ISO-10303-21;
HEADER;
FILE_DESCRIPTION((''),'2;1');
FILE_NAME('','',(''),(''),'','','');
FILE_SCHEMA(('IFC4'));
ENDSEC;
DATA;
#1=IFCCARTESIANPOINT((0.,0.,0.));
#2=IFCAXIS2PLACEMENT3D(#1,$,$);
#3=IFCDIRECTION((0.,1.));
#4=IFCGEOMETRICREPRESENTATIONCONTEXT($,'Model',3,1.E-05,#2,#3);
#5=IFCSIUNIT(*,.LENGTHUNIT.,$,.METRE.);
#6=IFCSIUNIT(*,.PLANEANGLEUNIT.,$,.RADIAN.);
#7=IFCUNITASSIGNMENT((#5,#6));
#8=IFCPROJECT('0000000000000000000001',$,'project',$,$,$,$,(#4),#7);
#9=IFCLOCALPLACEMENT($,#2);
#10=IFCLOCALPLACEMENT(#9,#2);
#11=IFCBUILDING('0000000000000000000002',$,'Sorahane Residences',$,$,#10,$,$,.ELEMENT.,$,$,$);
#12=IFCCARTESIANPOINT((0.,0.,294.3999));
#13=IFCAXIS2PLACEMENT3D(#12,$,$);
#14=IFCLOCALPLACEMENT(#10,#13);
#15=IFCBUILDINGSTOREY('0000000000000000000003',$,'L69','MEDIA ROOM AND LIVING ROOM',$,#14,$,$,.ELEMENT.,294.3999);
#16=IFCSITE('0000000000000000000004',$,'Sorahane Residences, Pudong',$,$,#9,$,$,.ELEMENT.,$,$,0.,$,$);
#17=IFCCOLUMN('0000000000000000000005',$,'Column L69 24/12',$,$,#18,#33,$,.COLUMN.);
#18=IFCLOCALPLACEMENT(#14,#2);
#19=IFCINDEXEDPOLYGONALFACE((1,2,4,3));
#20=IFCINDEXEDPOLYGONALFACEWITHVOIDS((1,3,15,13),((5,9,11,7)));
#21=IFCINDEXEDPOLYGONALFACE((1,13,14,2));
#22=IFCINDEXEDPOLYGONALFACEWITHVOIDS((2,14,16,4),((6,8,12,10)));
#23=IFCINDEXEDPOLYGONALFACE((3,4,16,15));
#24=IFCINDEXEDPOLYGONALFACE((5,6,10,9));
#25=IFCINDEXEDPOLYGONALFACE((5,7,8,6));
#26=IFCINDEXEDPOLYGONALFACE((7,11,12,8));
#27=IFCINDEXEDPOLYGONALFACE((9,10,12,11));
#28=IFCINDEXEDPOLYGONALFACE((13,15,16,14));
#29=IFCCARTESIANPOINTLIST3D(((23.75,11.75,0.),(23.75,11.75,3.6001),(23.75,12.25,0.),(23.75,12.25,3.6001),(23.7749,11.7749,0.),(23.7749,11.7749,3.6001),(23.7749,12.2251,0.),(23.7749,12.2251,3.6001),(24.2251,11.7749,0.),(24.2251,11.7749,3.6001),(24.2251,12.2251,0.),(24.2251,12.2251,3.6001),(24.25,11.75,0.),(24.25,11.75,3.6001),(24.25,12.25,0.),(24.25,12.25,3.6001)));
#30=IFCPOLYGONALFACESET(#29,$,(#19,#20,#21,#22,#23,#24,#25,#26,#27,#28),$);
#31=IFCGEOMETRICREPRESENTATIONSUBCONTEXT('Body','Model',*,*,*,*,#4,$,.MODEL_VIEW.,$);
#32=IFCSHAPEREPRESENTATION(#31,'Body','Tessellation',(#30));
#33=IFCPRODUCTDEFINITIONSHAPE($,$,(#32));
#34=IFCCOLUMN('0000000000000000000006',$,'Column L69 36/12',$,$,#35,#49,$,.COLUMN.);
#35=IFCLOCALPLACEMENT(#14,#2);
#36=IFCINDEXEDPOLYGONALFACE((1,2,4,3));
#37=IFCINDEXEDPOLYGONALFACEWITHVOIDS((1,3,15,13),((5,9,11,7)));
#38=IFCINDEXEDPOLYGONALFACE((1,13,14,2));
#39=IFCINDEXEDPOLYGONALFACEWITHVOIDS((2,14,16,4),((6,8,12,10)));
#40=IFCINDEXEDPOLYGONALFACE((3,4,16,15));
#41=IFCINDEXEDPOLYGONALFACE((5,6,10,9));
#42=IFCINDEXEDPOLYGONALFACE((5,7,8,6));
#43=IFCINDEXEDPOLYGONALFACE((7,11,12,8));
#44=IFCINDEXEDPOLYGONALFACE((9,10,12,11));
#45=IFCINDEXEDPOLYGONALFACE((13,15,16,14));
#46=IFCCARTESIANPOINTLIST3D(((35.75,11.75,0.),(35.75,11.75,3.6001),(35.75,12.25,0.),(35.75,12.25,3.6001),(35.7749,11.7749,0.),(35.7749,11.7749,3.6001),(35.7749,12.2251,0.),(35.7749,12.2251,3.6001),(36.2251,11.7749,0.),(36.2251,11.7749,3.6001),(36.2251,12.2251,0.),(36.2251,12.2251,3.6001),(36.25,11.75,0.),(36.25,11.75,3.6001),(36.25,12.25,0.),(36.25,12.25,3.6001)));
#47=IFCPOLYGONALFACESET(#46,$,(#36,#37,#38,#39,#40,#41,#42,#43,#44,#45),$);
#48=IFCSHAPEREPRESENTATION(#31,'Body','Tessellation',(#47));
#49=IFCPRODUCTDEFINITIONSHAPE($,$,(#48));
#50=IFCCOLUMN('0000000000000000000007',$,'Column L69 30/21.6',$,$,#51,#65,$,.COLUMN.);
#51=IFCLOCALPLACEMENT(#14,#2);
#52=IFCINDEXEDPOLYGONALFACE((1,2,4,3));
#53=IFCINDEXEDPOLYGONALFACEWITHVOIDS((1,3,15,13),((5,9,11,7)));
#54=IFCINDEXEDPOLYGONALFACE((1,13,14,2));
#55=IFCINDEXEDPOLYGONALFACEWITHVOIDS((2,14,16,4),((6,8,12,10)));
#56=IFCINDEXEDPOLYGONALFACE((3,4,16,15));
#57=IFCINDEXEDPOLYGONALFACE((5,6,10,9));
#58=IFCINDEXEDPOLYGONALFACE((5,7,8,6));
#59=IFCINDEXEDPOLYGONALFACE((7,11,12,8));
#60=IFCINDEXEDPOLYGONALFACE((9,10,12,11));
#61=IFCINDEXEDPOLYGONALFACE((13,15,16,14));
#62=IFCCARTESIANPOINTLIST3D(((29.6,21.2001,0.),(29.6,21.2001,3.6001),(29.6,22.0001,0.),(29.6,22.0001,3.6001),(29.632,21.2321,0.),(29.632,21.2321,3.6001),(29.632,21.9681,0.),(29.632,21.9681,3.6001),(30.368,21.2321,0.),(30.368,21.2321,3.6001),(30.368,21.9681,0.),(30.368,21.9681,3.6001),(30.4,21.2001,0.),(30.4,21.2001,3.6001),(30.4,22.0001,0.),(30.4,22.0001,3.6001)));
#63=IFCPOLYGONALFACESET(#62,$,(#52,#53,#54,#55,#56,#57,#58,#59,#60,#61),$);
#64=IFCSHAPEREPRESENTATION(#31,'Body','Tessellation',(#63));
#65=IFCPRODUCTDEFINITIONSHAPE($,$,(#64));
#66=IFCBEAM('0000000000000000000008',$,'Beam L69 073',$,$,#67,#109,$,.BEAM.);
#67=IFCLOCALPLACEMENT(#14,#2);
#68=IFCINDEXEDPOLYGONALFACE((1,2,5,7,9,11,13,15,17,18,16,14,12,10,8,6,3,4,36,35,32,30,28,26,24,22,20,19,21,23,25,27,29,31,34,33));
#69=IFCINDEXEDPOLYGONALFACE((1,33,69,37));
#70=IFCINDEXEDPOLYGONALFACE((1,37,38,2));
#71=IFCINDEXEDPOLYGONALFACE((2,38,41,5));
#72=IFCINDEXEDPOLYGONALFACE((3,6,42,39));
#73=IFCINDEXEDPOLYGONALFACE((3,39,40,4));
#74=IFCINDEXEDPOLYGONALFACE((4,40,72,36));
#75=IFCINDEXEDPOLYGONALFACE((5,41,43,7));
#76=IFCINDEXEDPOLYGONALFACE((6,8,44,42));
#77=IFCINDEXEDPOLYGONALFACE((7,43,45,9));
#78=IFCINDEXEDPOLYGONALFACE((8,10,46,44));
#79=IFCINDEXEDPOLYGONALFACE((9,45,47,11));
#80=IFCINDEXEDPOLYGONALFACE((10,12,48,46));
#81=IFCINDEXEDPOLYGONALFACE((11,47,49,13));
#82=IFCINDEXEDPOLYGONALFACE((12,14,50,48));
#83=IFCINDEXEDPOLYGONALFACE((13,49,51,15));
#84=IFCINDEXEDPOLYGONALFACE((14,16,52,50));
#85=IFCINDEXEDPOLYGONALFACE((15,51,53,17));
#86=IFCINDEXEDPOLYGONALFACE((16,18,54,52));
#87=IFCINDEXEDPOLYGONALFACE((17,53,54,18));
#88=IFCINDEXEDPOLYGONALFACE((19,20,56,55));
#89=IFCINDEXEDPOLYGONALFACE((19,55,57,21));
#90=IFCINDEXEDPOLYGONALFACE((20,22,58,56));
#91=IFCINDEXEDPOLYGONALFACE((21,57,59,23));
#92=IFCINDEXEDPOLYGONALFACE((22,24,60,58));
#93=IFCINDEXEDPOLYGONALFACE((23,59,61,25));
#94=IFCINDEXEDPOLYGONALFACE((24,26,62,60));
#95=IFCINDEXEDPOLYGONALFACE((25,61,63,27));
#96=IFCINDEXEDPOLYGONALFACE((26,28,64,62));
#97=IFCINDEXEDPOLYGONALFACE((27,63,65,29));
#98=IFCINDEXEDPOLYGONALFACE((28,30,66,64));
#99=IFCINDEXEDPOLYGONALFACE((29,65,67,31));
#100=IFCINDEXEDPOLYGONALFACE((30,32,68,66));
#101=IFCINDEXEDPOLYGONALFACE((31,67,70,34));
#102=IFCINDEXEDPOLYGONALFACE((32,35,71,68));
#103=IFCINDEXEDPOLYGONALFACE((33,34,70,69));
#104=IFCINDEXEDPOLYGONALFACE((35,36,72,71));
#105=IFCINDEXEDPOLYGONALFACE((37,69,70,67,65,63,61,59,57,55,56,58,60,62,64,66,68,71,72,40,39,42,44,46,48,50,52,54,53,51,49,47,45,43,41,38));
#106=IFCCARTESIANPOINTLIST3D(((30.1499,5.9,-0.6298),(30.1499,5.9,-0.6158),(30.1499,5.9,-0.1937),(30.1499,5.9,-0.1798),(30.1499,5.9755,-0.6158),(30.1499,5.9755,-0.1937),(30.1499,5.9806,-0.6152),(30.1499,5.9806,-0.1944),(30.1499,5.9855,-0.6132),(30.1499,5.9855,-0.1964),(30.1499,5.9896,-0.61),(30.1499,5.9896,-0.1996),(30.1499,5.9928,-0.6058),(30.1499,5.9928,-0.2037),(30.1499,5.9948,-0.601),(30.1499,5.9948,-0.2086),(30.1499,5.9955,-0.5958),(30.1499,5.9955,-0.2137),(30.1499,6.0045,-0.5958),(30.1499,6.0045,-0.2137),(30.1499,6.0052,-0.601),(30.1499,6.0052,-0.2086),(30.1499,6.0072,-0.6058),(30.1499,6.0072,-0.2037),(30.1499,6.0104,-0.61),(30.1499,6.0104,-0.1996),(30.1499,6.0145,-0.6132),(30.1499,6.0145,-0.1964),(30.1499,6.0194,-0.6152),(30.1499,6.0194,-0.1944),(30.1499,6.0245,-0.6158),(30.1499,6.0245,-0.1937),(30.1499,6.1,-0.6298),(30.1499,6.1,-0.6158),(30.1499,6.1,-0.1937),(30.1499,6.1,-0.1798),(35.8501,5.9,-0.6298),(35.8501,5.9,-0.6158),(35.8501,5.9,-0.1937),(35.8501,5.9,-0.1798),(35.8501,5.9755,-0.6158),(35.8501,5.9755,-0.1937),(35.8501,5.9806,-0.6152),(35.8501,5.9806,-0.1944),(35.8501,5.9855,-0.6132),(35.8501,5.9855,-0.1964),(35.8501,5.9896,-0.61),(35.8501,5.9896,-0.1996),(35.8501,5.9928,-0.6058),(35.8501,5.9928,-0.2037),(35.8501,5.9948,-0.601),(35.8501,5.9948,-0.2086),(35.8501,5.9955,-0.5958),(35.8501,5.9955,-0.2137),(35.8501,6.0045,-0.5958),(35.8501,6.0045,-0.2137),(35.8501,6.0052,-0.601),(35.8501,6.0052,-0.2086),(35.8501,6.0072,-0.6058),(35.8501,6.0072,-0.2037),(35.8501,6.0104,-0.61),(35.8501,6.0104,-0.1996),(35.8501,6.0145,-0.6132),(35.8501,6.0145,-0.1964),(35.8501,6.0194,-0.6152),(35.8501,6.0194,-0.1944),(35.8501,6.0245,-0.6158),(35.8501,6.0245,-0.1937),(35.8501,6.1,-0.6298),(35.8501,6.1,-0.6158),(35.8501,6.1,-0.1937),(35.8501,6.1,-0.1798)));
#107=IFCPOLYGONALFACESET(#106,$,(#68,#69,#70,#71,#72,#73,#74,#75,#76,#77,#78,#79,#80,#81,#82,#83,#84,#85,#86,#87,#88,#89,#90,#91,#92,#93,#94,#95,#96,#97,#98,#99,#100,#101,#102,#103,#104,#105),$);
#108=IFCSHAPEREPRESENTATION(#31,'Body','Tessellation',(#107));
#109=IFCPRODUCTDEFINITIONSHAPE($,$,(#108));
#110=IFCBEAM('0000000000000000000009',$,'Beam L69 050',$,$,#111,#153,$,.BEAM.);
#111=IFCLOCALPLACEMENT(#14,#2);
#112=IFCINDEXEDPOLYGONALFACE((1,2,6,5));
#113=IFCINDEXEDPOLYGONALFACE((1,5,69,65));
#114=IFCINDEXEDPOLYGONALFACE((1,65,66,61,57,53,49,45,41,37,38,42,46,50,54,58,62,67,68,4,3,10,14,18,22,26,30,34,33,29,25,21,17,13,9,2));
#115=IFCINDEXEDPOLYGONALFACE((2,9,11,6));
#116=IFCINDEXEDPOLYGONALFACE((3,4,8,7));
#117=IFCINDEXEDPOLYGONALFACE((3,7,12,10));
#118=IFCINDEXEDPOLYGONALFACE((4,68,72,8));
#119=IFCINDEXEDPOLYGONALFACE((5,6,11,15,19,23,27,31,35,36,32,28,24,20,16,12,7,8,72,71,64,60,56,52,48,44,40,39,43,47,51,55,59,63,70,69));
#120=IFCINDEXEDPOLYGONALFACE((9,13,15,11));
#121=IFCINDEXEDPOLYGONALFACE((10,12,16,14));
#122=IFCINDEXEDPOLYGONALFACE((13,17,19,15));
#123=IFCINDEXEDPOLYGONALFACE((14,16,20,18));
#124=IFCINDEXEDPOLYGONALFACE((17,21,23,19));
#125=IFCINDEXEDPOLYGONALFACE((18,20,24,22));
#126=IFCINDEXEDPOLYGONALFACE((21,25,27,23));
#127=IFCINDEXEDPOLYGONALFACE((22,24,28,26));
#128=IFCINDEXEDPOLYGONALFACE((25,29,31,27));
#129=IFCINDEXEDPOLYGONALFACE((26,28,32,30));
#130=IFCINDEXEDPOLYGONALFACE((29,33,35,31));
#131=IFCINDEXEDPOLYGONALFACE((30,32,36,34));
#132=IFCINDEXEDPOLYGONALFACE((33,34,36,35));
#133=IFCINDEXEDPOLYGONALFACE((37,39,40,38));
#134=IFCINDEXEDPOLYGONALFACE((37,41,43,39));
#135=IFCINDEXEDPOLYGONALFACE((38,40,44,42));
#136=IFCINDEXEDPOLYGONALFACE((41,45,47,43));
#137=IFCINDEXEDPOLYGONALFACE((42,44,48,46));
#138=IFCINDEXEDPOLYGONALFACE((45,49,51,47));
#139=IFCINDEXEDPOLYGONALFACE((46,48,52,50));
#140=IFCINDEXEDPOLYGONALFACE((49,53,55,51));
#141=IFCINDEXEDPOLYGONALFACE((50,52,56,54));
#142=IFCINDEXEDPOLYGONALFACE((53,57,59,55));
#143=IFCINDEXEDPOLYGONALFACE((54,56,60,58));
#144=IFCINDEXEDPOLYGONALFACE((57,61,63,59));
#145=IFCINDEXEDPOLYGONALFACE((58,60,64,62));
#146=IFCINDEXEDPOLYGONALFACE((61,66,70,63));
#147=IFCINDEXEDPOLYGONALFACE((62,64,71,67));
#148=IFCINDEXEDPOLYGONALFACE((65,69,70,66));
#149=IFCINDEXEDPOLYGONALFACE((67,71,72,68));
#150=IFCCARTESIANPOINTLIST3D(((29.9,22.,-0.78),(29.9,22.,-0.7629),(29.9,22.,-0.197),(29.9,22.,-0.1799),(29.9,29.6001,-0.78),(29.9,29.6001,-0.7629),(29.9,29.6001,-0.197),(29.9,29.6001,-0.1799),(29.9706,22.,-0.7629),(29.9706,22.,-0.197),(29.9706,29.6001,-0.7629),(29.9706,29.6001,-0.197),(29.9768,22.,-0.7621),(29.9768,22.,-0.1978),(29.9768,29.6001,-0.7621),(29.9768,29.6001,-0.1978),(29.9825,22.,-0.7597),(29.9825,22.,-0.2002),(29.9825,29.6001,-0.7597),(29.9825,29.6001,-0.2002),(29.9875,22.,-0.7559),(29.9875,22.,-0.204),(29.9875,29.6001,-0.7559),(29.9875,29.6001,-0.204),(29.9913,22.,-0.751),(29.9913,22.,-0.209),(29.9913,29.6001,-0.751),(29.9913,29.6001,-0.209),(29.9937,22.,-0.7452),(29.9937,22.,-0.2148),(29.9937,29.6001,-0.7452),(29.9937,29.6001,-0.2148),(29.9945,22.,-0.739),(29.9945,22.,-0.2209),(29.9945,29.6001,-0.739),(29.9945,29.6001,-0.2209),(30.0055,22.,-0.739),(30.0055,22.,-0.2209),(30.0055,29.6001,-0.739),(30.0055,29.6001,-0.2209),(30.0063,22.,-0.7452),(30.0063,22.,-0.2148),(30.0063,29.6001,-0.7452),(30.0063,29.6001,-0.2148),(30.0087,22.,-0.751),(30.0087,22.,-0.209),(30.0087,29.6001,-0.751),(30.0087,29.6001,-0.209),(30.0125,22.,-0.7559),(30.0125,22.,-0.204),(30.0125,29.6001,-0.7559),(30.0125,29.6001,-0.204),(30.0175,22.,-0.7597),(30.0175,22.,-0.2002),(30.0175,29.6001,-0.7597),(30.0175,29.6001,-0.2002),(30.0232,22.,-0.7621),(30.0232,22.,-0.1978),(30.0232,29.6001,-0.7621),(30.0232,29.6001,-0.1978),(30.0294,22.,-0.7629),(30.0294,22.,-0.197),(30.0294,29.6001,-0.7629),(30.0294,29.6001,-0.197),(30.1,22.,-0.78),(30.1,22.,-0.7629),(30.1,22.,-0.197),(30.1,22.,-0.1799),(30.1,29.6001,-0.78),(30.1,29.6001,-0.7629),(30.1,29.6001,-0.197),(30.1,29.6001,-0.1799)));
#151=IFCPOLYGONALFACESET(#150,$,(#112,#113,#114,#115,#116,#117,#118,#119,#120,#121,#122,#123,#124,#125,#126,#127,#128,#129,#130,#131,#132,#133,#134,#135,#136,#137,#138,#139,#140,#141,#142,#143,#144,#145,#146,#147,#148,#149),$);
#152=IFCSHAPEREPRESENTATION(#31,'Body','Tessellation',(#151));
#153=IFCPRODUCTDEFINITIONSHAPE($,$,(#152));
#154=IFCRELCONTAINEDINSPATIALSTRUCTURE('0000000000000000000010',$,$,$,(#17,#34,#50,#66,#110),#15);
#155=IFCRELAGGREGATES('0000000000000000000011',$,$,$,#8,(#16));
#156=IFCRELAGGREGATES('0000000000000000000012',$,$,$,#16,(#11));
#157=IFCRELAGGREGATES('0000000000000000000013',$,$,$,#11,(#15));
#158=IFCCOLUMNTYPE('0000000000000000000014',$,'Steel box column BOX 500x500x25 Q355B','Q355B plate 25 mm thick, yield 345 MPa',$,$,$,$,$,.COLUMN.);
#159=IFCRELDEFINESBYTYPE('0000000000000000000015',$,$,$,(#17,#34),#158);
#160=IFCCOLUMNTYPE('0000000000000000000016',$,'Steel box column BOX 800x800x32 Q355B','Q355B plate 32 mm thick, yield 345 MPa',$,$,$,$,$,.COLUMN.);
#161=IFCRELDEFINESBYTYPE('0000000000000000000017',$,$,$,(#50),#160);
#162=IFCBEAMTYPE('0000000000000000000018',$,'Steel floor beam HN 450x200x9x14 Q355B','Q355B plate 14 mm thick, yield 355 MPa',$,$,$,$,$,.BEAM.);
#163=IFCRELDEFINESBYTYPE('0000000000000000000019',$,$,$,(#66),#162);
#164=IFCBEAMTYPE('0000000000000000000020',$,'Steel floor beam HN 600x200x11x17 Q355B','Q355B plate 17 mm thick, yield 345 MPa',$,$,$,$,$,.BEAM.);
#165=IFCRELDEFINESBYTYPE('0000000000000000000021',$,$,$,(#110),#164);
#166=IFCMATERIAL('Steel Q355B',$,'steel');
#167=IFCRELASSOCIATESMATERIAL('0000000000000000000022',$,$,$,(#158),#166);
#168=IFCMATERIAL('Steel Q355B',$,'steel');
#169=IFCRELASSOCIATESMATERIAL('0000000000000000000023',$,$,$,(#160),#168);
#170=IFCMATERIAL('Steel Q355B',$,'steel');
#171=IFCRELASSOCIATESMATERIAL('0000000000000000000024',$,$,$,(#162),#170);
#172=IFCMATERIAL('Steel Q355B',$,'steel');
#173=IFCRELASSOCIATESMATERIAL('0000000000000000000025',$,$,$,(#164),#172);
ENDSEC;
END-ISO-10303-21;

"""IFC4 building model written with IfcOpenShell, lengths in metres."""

from ifc_helpers import new_model, si_unit, direction, frame, origin, origin_2d, place, context, subcontext, project, spatial, hollow_rectangle, i_section, extrude, material, material_profile, profile_set, type_object, element, save


model = new_model("IFC4")

# Units and contexts
model_context = context("Model", 3, precision=1e-05, world=origin(), true_north=direction((0.0, 1.0)))
body_context = subcontext(model_context, "Body", "Model", "MODEL_VIEW")
ifc_project = project(units=[si_unit("LENGTHUNIT", "METRE"), si_unit("PLANEANGLEUNIT", "RADIAN")], contexts=[model_context])

# Site, building, storey
site_placement = place(None, origin())
site = spatial("IfcSite", under=ifc_project, at=site_placement, Name="Sorahane Residences, Pudong", CompositionType="ELEMENT", RefElevation=0.0)
building_placement = place(site_placement, origin())
building = spatial("IfcBuilding", under=site, at=building_placement, Name="Sorahane Residences", CompositionType="ELEMENT")
storey_placement = place(building_placement, frame((0.0, 0.0, 294.3999)))
storey = spatial("IfcBuildingStorey", under=building, at=storey_placement, Name="L69", Description="MEDIA ROOM AND LIVING ROOM", CompositionType="ELEMENT", Elevation=294.3999)

# Columns
ifc_material_1 = material(Name="Steel Q355B", Category="steel")
ifc_material_profile_1 = material_profile(ifc_material_1, hollow_rectangle(XDim=0.5, YDim=0.5, WallThickness=0.0249, at=origin_2d()), Name="BOX 500x500x25")
ifc_profile_set_1 = profile_set([ifc_material_profile_1], Name="Steel Q355B")
column_type_1 = type_object("IfcColumnType", Name="Steel box column BOX 500x500x25 Q355B", Description="Q355B plate 25 mm thick, yield 345 MPa", PredefinedType="COLUMN", material=ifc_profile_set_1)
for number, where, z_axis, x_axis, name in (
    (1, (24.0, 12.0, 0.0), (0.0, 0.0, 1.0), (1.0, 0.0, 0.0), "Column L69 24/12"),
    (2, (36.0, 12.0, 0.0), (0.0, 0.0, 1.0), (1.0, 0.0, 0.0), "Column L69 36/12"),
):
    element("IfcColumn", number, at=place(storey_placement, frame(where, z_axis=z_axis, x_axis=x_axis)), inside=storey, type_object=column_type_1, Name=name, PredefinedType="COLUMN", context=body_context, shape_type="SweptSolid", body=[
        extrude(hollow_rectangle(XDim=0.5, YDim=0.5, WallThickness=0.0249, at=origin_2d()), origin(), (0.0, 0.0, 1.0), 3.6001),
    ])
ifc_material_2 = material(Name="Steel Q355B", Category="steel")
ifc_material_profile_2 = material_profile(ifc_material_2, hollow_rectangle(XDim=0.8, YDim=0.8, WallThickness=0.032, at=origin_2d()), Name="BOX 800x800x32")
ifc_profile_set_2 = profile_set([ifc_material_profile_2], Name="Steel Q355B")
column_type_2 = type_object("IfcColumnType", Name="Steel box column BOX 800x800x32 Q355B", Description="Q355B plate 32 mm thick, yield 345 MPa", PredefinedType="COLUMN", material=ifc_profile_set_2)
column_placement = place(storey_placement, frame((30.0, 21.6001, 0.0), z_axis=(0.0, 0.0, 1.0), x_axis=(1.0, 0.0, 0.0)))
element("IfcColumn", 3, at=column_placement, inside=storey, type_object=column_type_2, Name="Column L69 30/21.6", PredefinedType="COLUMN", context=body_context, shape_type="SweptSolid", body=[
    extrude(hollow_rectangle(XDim=0.8, YDim=0.8, WallThickness=0.032, at=origin_2d()), origin(), (0.0, 0.0, 1.0), 3.6001),
])

# Beams
ifc_material_3 = material(Name="Steel Q355B", Category="steel")
ifc_material_profile_3 = material_profile(ifc_material_3, i_section(OverallWidth=0.2, OverallDepth=0.45, WebThickness=0.009, FlangeThickness=0.0139, FilletRadius=0.02, at=origin_2d()), Name="HN 450x200x9x14")
ifc_profile_set_3 = profile_set([ifc_material_profile_3], Name="Steel Q355B")
beam_type_1 = type_object("IfcBeamType", Name="Steel floor beam HN 450x200x9x14 Q355B", Description="Q355B plate 14 mm thick, yield 355 MPa", PredefinedType="BEAM", material=ifc_profile_set_3)
beam_1_placement = place(storey_placement, frame((30.1499, 6.0, -0.4048), z_axis=(1.0, 0.0, 0.0), x_axis=(0.0, 1.0, 0.0)))
element("IfcBeam", 4, at=beam_1_placement, inside=storey, type_object=beam_type_1, Name="Beam L69 073", PredefinedType="BEAM", context=body_context, shape_type="SweptSolid", body=[
    extrude(i_section(OverallWidth=0.2, OverallDepth=0.45, WebThickness=0.009, FlangeThickness=0.0139, FilletRadius=0.02, at=origin_2d()), origin(), (0.0, 0.0, 1.0), 5.7002),
])
ifc_material_4 = material(Name="Steel Q355B", Category="steel")
ifc_material_profile_4 = material_profile(ifc_material_4, i_section(OverallWidth=0.2, OverallDepth=0.6001, WebThickness=0.011, FlangeThickness=0.0171, FilletRadius=0.0239, at=origin_2d()), Name="HN 600x200x11x17")
ifc_profile_set_4 = profile_set([ifc_material_profile_4], Name="Steel Q355B")
beam_type_2 = type_object("IfcBeamType", Name="Steel floor beam HN 600x200x11x17 Q355B", Description="Q355B plate 17 mm thick, yield 345 MPa", PredefinedType="BEAM", material=ifc_profile_set_4)
beam_2_placement = place(storey_placement, frame((30.0, 22.0, -0.48), z_axis=(0.0, 1.0, 0.0), x_axis=(-1.0, 0.0, 0.0)))
element("IfcBeam", 5, at=beam_2_placement, inside=storey, type_object=beam_type_2, Name="Beam L69 050", PredefinedType="BEAM", context=body_context, shape_type="SweptSolid", body=[
    extrude(i_section(OverallWidth=0.2, OverallDepth=0.6001, WebThickness=0.011, FlangeThickness=0.0171, FilletRadius=0.0239, at=origin_2d()), origin(), (0.0, 0.0, 1.0), 7.6001),
])

save(model, "model.ifc")
